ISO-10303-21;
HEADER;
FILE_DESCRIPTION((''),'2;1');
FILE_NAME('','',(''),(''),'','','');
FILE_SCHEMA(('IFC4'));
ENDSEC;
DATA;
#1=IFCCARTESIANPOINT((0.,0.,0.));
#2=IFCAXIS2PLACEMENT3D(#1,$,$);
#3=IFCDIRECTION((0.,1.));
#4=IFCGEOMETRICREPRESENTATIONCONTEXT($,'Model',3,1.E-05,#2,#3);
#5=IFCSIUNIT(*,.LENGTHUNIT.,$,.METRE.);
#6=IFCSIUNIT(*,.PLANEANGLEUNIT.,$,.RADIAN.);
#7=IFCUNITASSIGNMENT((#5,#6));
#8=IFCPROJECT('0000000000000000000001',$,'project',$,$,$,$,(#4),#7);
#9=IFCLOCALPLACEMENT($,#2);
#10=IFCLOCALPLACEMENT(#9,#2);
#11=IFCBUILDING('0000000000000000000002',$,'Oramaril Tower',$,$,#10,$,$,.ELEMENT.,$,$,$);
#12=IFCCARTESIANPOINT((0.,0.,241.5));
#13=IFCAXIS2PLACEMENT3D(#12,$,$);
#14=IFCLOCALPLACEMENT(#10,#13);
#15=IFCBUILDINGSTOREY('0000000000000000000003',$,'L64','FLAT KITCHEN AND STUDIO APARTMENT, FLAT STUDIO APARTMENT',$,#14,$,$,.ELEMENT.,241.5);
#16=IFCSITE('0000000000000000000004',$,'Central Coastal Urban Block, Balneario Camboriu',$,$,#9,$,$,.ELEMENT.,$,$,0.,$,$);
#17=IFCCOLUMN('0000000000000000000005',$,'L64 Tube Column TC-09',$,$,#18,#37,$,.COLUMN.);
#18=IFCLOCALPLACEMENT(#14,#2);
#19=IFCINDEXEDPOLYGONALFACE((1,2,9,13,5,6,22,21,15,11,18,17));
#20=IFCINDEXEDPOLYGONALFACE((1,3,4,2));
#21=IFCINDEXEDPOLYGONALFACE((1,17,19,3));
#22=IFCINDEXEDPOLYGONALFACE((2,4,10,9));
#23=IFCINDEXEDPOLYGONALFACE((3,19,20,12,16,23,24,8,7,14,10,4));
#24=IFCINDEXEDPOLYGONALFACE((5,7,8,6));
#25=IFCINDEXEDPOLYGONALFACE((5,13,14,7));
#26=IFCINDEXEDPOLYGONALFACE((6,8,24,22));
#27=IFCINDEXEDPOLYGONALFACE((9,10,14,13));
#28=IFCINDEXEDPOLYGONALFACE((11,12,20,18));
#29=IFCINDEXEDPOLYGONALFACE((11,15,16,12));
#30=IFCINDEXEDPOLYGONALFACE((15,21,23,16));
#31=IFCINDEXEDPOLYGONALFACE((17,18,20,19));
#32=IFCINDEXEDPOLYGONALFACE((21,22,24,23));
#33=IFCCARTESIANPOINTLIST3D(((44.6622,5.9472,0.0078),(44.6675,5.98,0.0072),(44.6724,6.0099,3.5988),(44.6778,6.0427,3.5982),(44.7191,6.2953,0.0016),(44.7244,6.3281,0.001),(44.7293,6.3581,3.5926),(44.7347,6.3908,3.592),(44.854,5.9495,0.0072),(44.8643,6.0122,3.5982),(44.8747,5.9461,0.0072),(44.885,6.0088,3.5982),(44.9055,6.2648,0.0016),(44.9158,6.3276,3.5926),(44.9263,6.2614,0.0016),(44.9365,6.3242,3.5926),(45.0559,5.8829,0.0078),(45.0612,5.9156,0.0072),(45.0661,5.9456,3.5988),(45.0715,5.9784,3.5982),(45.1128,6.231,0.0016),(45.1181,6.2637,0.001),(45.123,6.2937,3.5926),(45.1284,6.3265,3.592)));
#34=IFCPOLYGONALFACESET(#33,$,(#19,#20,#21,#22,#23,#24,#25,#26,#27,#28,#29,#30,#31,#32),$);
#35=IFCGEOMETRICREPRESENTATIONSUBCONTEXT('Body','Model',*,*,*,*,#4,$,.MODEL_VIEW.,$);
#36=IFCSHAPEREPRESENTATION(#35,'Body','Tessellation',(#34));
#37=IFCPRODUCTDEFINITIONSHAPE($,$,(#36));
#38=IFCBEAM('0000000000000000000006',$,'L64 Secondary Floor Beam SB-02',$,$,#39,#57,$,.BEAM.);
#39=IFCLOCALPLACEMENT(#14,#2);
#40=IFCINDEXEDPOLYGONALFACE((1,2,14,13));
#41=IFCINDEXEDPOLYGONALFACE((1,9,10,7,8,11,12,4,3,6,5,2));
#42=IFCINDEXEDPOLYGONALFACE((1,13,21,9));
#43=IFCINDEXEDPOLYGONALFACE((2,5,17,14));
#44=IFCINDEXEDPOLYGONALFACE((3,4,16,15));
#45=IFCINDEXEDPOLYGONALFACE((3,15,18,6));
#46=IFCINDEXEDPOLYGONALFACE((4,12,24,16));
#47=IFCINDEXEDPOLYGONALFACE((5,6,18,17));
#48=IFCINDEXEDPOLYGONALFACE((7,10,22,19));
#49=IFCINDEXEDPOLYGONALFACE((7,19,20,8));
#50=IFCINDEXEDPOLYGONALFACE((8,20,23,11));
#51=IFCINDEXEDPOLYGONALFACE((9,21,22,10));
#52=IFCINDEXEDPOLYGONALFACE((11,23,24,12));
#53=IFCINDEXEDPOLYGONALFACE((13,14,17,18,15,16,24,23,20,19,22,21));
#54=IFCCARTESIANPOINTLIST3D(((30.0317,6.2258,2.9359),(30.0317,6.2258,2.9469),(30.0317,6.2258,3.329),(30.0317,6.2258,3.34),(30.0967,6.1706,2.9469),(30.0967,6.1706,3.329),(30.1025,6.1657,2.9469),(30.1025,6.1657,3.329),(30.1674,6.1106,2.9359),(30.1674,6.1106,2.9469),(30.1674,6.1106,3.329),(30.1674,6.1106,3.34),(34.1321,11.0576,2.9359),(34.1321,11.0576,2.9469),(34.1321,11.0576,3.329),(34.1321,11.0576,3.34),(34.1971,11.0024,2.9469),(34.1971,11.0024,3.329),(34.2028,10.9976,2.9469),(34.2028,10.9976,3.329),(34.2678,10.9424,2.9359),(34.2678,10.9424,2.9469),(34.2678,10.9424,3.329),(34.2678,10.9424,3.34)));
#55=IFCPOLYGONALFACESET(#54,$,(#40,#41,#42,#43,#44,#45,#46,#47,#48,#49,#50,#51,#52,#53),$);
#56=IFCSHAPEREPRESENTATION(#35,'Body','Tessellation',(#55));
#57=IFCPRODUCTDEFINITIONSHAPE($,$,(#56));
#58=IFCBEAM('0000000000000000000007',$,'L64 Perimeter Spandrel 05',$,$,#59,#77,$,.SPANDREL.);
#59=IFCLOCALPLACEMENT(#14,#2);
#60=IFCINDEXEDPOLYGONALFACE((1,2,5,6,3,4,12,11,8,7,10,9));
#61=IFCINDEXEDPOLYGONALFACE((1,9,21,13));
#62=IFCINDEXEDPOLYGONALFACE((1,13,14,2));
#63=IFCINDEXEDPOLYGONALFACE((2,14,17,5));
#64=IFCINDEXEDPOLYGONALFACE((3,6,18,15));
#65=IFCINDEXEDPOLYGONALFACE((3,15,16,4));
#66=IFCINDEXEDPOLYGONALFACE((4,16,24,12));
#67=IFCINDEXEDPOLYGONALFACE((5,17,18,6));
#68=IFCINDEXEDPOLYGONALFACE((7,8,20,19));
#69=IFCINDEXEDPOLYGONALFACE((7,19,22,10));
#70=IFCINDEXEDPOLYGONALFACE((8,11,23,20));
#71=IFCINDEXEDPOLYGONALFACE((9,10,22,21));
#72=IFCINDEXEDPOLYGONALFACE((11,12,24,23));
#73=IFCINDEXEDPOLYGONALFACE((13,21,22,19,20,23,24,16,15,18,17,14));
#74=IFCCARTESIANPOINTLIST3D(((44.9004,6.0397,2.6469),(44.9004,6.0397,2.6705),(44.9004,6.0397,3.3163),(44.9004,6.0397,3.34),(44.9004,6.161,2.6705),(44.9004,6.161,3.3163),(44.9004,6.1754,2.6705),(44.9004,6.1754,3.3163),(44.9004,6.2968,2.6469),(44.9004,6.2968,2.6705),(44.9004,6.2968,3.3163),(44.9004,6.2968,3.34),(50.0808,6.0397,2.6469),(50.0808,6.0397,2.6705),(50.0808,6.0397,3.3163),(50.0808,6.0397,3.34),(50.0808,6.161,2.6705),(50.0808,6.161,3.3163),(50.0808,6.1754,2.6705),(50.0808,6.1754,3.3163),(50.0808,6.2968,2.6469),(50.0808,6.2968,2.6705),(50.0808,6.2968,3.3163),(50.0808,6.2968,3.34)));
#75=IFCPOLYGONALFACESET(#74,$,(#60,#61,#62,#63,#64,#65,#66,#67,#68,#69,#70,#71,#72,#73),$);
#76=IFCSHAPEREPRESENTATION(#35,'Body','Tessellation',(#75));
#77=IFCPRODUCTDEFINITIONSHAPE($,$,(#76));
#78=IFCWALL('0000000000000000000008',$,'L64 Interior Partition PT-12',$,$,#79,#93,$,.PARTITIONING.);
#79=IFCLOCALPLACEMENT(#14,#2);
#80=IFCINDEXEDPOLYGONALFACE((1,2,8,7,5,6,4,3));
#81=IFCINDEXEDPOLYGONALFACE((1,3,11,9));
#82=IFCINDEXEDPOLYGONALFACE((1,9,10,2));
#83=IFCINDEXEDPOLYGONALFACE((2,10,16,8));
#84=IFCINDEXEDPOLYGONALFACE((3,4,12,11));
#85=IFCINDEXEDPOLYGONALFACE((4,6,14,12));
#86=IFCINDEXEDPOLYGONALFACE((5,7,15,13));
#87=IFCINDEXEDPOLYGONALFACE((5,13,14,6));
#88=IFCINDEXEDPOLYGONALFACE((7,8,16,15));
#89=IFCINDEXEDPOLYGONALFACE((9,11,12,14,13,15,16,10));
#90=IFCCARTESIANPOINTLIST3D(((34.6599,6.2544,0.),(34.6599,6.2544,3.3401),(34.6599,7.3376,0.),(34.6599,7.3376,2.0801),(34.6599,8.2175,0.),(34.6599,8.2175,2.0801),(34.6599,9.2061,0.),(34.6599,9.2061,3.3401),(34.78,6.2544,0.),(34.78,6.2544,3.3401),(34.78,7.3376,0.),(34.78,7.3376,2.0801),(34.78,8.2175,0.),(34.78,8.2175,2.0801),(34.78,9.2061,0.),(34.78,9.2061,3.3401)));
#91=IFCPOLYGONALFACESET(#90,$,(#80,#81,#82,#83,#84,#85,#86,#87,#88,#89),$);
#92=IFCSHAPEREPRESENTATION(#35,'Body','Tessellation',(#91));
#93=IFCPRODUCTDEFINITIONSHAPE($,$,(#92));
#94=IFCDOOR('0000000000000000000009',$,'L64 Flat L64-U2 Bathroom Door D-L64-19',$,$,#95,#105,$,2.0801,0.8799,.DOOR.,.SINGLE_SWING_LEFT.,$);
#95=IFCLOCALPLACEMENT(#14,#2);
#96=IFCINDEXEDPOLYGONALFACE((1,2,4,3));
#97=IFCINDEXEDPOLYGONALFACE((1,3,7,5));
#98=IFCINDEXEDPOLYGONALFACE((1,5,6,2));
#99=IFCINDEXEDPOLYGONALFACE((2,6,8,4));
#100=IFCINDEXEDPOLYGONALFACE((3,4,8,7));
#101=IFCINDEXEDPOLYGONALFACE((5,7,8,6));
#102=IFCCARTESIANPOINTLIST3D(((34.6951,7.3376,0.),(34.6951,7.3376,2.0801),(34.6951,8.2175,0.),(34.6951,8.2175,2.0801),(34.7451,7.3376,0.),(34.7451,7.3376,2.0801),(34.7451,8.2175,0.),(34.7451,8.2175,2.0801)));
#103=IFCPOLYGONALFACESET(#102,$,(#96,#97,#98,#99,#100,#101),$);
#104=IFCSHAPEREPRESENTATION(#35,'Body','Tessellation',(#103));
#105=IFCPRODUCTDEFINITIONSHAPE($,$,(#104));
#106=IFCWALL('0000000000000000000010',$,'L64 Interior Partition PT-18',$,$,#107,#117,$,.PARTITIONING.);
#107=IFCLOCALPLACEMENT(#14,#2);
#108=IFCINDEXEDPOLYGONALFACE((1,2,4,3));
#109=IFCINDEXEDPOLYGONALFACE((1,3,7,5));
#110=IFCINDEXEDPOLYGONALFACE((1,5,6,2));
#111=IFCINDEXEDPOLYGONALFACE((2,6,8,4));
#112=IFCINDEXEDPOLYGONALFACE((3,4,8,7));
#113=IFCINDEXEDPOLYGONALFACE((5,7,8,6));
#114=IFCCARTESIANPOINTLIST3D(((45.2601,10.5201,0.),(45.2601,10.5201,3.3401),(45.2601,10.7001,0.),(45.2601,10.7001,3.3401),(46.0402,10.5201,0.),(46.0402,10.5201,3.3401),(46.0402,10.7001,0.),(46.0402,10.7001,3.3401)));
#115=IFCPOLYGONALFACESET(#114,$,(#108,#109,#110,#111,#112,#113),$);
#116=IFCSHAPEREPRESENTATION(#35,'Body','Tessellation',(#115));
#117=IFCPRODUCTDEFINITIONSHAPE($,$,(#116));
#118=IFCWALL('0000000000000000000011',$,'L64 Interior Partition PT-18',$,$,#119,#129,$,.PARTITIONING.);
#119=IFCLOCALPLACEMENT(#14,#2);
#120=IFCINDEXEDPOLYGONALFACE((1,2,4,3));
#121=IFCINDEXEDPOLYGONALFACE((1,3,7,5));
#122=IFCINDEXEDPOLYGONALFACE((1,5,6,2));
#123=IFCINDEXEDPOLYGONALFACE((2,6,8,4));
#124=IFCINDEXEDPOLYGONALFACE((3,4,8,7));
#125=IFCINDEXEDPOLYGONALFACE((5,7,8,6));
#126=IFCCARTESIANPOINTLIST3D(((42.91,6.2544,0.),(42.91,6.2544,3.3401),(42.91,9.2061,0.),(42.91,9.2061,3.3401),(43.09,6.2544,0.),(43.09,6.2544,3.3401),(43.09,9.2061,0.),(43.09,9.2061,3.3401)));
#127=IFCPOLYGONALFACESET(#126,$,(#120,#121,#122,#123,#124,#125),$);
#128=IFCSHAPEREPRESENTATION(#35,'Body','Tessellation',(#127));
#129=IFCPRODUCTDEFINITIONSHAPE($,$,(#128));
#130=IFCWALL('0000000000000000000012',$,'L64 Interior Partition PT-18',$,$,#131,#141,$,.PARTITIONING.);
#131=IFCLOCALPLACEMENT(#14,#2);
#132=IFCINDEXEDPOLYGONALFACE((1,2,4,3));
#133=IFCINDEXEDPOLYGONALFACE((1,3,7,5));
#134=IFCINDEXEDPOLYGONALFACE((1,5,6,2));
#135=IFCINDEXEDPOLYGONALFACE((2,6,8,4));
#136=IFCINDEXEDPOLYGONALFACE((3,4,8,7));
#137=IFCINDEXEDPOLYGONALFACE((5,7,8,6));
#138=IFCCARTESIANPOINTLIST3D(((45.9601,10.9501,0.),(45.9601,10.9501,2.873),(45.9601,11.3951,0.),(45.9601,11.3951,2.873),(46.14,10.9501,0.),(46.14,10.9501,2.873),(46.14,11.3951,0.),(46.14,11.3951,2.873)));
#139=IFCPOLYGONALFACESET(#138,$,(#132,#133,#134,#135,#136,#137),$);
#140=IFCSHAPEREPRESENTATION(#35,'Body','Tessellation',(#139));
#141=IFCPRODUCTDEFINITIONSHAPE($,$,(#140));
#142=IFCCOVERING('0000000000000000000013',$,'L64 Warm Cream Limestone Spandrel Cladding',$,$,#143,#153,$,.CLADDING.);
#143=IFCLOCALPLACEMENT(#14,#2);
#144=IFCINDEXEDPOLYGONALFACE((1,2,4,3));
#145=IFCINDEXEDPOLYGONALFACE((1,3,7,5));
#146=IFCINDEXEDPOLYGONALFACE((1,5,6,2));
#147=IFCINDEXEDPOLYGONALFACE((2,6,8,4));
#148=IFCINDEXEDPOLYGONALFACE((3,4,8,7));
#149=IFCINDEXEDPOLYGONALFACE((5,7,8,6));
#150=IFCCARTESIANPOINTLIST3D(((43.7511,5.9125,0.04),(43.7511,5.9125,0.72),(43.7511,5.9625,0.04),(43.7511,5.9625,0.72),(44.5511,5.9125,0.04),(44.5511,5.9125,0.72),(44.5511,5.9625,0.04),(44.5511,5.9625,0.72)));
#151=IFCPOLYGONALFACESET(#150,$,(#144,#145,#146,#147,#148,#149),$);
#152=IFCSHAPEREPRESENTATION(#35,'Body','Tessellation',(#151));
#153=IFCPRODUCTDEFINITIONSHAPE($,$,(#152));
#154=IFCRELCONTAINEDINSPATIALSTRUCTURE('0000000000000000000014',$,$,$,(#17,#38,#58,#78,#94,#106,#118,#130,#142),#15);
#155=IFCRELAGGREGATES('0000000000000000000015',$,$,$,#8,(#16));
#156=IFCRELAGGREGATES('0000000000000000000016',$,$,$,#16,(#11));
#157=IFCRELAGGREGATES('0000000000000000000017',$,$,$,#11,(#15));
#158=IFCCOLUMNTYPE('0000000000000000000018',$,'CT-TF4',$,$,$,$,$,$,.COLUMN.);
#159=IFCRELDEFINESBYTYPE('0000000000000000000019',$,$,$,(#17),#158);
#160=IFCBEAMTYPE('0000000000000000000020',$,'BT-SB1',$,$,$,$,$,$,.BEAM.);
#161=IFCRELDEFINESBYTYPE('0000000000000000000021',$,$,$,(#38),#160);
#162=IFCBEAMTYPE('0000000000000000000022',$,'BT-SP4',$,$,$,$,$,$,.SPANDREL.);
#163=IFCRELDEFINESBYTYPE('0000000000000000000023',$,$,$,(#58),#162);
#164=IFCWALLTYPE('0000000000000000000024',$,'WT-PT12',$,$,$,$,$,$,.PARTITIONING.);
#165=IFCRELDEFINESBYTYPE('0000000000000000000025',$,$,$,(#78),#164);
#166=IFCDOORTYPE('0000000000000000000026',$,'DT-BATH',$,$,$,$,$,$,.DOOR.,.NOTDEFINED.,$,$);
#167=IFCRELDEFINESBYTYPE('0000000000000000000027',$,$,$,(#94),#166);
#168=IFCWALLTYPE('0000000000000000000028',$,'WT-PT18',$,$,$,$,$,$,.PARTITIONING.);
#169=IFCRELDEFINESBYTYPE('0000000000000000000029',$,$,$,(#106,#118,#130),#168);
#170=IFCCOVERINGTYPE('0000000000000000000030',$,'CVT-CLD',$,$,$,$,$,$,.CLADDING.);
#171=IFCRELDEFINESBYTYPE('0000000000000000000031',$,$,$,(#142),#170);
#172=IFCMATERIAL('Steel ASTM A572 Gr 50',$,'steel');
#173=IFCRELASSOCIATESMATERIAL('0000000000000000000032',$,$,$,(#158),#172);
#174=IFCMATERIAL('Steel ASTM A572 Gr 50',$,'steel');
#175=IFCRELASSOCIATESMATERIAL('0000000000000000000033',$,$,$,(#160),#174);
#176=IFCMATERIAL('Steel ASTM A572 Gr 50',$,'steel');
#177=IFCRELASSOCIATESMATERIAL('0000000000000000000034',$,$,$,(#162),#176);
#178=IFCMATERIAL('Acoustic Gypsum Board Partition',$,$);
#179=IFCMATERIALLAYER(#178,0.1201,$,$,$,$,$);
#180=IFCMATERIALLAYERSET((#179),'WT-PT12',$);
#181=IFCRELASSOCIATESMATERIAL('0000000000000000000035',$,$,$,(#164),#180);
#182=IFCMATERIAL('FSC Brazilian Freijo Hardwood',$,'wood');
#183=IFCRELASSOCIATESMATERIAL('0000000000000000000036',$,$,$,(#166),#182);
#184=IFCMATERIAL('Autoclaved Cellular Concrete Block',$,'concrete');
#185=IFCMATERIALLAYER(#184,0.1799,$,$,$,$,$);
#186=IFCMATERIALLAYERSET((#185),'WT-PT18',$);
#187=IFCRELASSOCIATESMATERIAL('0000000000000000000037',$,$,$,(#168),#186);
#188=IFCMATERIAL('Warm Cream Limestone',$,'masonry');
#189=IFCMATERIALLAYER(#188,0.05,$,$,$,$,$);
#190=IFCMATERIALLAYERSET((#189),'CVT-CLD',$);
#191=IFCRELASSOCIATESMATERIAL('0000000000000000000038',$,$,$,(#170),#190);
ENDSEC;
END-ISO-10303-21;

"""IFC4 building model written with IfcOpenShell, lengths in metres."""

from ifc_helpers import new_model, si_unit, direction, frame, frame_2d, origin, origin_2d, place, context, subcontext, project, spatial, rectangle, i_section, extrude, material, layer, layer_set, material_profile, profile_set, type_object, element, fill, save


model = new_model("IFC4")

# Units and contexts
model_context = context("Model", 3, precision=1e-05, world=origin(), true_north=direction((0.0, 1.0)))
body_context = subcontext(model_context, "Body", "Model", "MODEL_VIEW")
ifc_project = project(units=[si_unit("LENGTHUNIT", "METRE"), si_unit("PLANEANGLEUNIT", "RADIAN")], contexts=[model_context])

# Site, building, storey
site_placement = place(None, origin())
site = spatial("IfcSite", under=ifc_project, at=site_placement, Name="Central Coastal Urban Block, Balneario Camboriu", CompositionType="ELEMENT", RefElevation=0.0)
building_placement = place(site_placement, origin())
building = spatial("IfcBuilding", under=site, at=building_placement, Name="Oramaril Tower", CompositionType="ELEMENT")
storey_placement = place(building_placement, frame((0.0, 0.0, 241.5)))
storey = spatial("IfcBuildingStorey", under=building, at=storey_placement, Name="L64", Description="FLAT KITCHEN AND STUDIO APARTMENT, FLAT STUDIO APARTMENT", CompositionType="ELEMENT", Elevation=241.5)

# Column
ifc_material_1 = material(Name="Steel ASTM A572 Gr 50", Category="steel")
ifc_material_profile_1 = material_profile(ifc_material_1, i_section(OverallWidth=0.3989, OverallDepth=0.386, WebThickness=0.021, FlangeThickness=0.0332, at=origin_2d()), Name="W14X176")
ifc_profile_set_1 = profile_set([ifc_material_profile_1], Name="Steel ASTM A572 Gr 50")
column_type = type_object("IfcColumnType", Name="CT-TF4", PredefinedType="COLUMN", material=ifc_profile_set_1)
column_placement = place(storey_placement, frame((44.8901, 6.1055, 0.0044), z_axis=(0.002855, 0.01747, 0.999843), x_axis=(-0.986908, 0.161285, 0.0)))
element("IfcColumn", 1, at=column_placement, inside=storey, type_object=column_type, Name="L64 Tube Column TC-09", PredefinedType="COLUMN", context=body_context, shape_type="SweptSolid", body=[
    extrude(i_section(OverallWidth=0.3989, OverallDepth=0.386, WebThickness=0.021, FlangeThickness=0.0332, at=origin_2d()), origin(), (0.0, 0.0, 1.0), 3.5916),
])

# Beams
ifc_material_2 = material(Name="Steel ASTM A572 Gr 50", Category="steel")
ifc_material_profile_2 = material_profile(ifc_material_2, i_section(OverallWidth=0.178, OverallDepth=0.4041, WebThickness=0.0076, FlangeThickness=0.011, at=origin_2d()), Name="W16X36")
ifc_profile_set_2 = profile_set([ifc_material_profile_2], Name="Steel ASTM A572 Gr 50")
beam_type_1 = type_object("IfcBeamType", Name="BT-SB1", PredefinedType="BEAM", material=ifc_profile_set_2)
beam_1_placement = place(storey_placement, frame((34.2, 11.0, 3.1379), z_axis=(-0.647036, -0.762459, 0.0), x_axis=(0.762459, -0.647036, 0.0)))
element("IfcBeam", 2, at=beam_1_placement, inside=storey, type_object=beam_type_1, Name="L64 Secondary Floor Beam SB-02", PredefinedType="BEAM", context=body_context, shape_type="SweptSolid", body=[
    extrude(i_section(OverallWidth=0.178, OverallDepth=0.4041, WebThickness=0.0076, FlangeThickness=0.011, at=origin_2d()), origin(), (0.0, 0.0, 1.0), 6.3372),
])
ifc_material_3 = material(Name="Steel ASTM A572 Gr 50", Category="steel")
ifc_material_profile_3 = material_profile(ifc_material_3, i_section(OverallWidth=0.2571, OverallDepth=0.6931, WebThickness=0.0144, FlangeThickness=0.0237, at=origin_2d()), Name="W27X114")
ifc_profile_set_3 = profile_set([ifc_material_profile_3], Name="Steel ASTM A572 Gr 50")
beam_type_2 = type_object("IfcBeamType", Name="BT-SP4", PredefinedType="SPANDREL", material=ifc_profile_set_3)
beam_2_placement = place(storey_placement, frame((44.9004, 6.1682, 2.9934), z_axis=(1.0, 0.0, 0.0), x_axis=(0.0, 1.0, 0.0)))
element("IfcBeam", 3, at=beam_2_placement, inside=storey, type_object=beam_type_2, Name="L64 Perimeter Spandrel 05", PredefinedType="SPANDREL", context=body_context, shape_type="SweptSolid", body=[
    extrude(i_section(OverallWidth=0.2571, OverallDepth=0.6931, WebThickness=0.0144, FlangeThickness=0.0237, at=origin_2d()), origin(), (0.0, 0.0, 1.0), 5.1804),
])

# Wall, opening, door
ifc_material_4 = material(Name="Acoustic Gypsum Board Partition")
ifc_layer_1 = layer(ifc_material_4, 0.1201)
ifc_layer_set_1 = layer_set([ifc_layer_1], Name="WT-PT12")
wall_type_1 = type_object("IfcWallType", Name="WT-PT12", PredefinedType="PARTITIONING", material=ifc_layer_set_1)
wall_1_placement = place(storey_placement, frame((34.72, 6.2544, 0.0), z_axis=(0.0, 0.0, 1.0), x_axis=(0.0, 1.0, 0.0)))
wall_1 = element("IfcWall", 4, at=wall_1_placement, inside=storey, type_object=wall_type_1, Name="L64 Interior Partition PT-12", PredefinedType="PARTITIONING", context=body_context, shape_type="SweptSolid", body=[
    extrude(rectangle(XDim=2.9517, YDim=0.1201, at=frame_2d((1.4758, 0.0))), origin(), (0.0, 0.0, 1.0), 3.3401),
])
opening_placement = place(wall_1_placement, frame((1.0833, 0.0, 0.0)))
opening = element("IfcOpeningElement", 5, at=opening_placement, cuts=wall_1, PredefinedType="OPENING", context=body_context, shape_type="SweptSolid", body=[
    extrude(rectangle(XDim=0.8799, YDim=2.0801, at=frame_2d((0.4399, 1.04))), frame((0.0, 0.0601, 0.0), z_axis=(0.0, -1.0, 0.0), x_axis=(1.0, 0.0, 0.0)), (0.0, 0.0, 1.0), 0.1201),
])
ifc_material_5 = material(Name="FSC Brazilian Freijo Hardwood", Category="wood")
door_type = type_object("IfcDoorType", Name="DT-BATH", OperationType="NOTDEFINED", PredefinedType="DOOR", material=ifc_material_5)
door_placement = place(opening_placement, origin())
door = element("IfcDoor", 6, at=door_placement, inside=storey, type_object=door_type, Name="L64 Flat L64-U2 Bathroom Door D-L64-19", OperationType="SINGLE_SWING_LEFT", OverallHeight=2.0801, OverallWidth=0.8799, PredefinedType="DOOR", context=body_context, shape_type="SweptSolid", body=[
    extrude(rectangle(XDim=0.8799, YDim=2.0801, at=frame_2d((0.4399, 1.04))), frame((0.0, 0.0249, 0.0), z_axis=(0.0, -1.0, 0.0), x_axis=(1.0, 0.0, 0.0)), (0.0, 0.0, 1.0), 0.05),
])
fill(opening, door)

# Walls
ifc_material_6 = material(Name="Autoclaved Cellular Concrete Block", Category="concrete")
ifc_layer_2 = layer(ifc_material_6, 0.1799)
ifc_layer_set_2 = layer_set([ifc_layer_2], Name="WT-PT18")
wall_type_2 = type_object("IfcWallType", Name="WT-PT18", PredefinedType="PARTITIONING", material=ifc_layer_set_2)
wall_2_placement = place(storey_placement, frame((45.26, 10.6101, 0.0), z_axis=(0.0, 0.0, 1.0), x_axis=(1.0, 0.0, 0.0)))
element("IfcWall", 7, at=wall_2_placement, inside=storey, type_object=wall_type_2, Name="L64 Interior Partition PT-18", PredefinedType="PARTITIONING", context=body_context, shape_type="SweptSolid", body=[
    extrude(rectangle(XDim=0.78, YDim=0.1799, at=frame_2d((0.3901, 0.0))), origin(), (0.0, 0.0, 1.0), 3.3401),
])
wall_3_placement = place(storey_placement, frame((43.0, 6.2544, 0.0), z_axis=(0.0, 0.0, 1.0), x_axis=(0.0, 1.0, 0.0)))
element("IfcWall", 8, at=wall_3_placement, inside=storey, type_object=wall_type_2, Name="L64 Interior Partition PT-18", PredefinedType="PARTITIONING", context=body_context, shape_type="SweptSolid", body=[
    extrude(rectangle(XDim=2.9517, YDim=0.1799, at=frame_2d((1.4758, 0.0))), origin(), (0.0, 0.0, 1.0), 3.3401),
])
wall_4_placement = place(storey_placement, frame((46.05, 10.95, 0.0), z_axis=(0.0, 0.0, 1.0), x_axis=(0.0, 1.0, 0.0)))
element("IfcWall", 9, at=wall_4_placement, inside=storey, type_object=wall_type_2, Name="L64 Interior Partition PT-18", PredefinedType="PARTITIONING", context=body_context, shape_type="SweptSolid", body=[
    extrude(rectangle(XDim=0.4451, YDim=0.1799, at=frame_2d((0.2227, 0.0))), origin(), (0.0, 0.0, 1.0), 2.873),
])

# Covering
ifc_material_7 = material(Name="Warm Cream Limestone", Category="masonry")
ifc_layer_3 = layer(ifc_material_7, 0.05)
ifc_layer_set_3 = layer_set([ifc_layer_3], Name="CVT-CLD")
covering_type = type_object("IfcCoveringType", Name="CVT-CLD", PredefinedType="CLADDING", material=ifc_layer_set_3)
covering_placement = place(storey_placement, frame((44.1511, 5.9375, 0.04), z_axis=(0.0, 0.0, 1.0), x_axis=(1.0, 0.0, 0.0)))
element("IfcCovering", 10, at=covering_placement, inside=storey, type_object=covering_type, Name="L64 Warm Cream Limestone Spandrel Cladding", PredefinedType="CLADDING", context=body_context, shape_type="SweptSolid", body=[
    extrude(rectangle(XDim=0.8, YDim=0.05, at=origin_2d()), origin(), (0.0, 0.0, 1.0), 0.6799),
])

save(model, "model.ifc")
